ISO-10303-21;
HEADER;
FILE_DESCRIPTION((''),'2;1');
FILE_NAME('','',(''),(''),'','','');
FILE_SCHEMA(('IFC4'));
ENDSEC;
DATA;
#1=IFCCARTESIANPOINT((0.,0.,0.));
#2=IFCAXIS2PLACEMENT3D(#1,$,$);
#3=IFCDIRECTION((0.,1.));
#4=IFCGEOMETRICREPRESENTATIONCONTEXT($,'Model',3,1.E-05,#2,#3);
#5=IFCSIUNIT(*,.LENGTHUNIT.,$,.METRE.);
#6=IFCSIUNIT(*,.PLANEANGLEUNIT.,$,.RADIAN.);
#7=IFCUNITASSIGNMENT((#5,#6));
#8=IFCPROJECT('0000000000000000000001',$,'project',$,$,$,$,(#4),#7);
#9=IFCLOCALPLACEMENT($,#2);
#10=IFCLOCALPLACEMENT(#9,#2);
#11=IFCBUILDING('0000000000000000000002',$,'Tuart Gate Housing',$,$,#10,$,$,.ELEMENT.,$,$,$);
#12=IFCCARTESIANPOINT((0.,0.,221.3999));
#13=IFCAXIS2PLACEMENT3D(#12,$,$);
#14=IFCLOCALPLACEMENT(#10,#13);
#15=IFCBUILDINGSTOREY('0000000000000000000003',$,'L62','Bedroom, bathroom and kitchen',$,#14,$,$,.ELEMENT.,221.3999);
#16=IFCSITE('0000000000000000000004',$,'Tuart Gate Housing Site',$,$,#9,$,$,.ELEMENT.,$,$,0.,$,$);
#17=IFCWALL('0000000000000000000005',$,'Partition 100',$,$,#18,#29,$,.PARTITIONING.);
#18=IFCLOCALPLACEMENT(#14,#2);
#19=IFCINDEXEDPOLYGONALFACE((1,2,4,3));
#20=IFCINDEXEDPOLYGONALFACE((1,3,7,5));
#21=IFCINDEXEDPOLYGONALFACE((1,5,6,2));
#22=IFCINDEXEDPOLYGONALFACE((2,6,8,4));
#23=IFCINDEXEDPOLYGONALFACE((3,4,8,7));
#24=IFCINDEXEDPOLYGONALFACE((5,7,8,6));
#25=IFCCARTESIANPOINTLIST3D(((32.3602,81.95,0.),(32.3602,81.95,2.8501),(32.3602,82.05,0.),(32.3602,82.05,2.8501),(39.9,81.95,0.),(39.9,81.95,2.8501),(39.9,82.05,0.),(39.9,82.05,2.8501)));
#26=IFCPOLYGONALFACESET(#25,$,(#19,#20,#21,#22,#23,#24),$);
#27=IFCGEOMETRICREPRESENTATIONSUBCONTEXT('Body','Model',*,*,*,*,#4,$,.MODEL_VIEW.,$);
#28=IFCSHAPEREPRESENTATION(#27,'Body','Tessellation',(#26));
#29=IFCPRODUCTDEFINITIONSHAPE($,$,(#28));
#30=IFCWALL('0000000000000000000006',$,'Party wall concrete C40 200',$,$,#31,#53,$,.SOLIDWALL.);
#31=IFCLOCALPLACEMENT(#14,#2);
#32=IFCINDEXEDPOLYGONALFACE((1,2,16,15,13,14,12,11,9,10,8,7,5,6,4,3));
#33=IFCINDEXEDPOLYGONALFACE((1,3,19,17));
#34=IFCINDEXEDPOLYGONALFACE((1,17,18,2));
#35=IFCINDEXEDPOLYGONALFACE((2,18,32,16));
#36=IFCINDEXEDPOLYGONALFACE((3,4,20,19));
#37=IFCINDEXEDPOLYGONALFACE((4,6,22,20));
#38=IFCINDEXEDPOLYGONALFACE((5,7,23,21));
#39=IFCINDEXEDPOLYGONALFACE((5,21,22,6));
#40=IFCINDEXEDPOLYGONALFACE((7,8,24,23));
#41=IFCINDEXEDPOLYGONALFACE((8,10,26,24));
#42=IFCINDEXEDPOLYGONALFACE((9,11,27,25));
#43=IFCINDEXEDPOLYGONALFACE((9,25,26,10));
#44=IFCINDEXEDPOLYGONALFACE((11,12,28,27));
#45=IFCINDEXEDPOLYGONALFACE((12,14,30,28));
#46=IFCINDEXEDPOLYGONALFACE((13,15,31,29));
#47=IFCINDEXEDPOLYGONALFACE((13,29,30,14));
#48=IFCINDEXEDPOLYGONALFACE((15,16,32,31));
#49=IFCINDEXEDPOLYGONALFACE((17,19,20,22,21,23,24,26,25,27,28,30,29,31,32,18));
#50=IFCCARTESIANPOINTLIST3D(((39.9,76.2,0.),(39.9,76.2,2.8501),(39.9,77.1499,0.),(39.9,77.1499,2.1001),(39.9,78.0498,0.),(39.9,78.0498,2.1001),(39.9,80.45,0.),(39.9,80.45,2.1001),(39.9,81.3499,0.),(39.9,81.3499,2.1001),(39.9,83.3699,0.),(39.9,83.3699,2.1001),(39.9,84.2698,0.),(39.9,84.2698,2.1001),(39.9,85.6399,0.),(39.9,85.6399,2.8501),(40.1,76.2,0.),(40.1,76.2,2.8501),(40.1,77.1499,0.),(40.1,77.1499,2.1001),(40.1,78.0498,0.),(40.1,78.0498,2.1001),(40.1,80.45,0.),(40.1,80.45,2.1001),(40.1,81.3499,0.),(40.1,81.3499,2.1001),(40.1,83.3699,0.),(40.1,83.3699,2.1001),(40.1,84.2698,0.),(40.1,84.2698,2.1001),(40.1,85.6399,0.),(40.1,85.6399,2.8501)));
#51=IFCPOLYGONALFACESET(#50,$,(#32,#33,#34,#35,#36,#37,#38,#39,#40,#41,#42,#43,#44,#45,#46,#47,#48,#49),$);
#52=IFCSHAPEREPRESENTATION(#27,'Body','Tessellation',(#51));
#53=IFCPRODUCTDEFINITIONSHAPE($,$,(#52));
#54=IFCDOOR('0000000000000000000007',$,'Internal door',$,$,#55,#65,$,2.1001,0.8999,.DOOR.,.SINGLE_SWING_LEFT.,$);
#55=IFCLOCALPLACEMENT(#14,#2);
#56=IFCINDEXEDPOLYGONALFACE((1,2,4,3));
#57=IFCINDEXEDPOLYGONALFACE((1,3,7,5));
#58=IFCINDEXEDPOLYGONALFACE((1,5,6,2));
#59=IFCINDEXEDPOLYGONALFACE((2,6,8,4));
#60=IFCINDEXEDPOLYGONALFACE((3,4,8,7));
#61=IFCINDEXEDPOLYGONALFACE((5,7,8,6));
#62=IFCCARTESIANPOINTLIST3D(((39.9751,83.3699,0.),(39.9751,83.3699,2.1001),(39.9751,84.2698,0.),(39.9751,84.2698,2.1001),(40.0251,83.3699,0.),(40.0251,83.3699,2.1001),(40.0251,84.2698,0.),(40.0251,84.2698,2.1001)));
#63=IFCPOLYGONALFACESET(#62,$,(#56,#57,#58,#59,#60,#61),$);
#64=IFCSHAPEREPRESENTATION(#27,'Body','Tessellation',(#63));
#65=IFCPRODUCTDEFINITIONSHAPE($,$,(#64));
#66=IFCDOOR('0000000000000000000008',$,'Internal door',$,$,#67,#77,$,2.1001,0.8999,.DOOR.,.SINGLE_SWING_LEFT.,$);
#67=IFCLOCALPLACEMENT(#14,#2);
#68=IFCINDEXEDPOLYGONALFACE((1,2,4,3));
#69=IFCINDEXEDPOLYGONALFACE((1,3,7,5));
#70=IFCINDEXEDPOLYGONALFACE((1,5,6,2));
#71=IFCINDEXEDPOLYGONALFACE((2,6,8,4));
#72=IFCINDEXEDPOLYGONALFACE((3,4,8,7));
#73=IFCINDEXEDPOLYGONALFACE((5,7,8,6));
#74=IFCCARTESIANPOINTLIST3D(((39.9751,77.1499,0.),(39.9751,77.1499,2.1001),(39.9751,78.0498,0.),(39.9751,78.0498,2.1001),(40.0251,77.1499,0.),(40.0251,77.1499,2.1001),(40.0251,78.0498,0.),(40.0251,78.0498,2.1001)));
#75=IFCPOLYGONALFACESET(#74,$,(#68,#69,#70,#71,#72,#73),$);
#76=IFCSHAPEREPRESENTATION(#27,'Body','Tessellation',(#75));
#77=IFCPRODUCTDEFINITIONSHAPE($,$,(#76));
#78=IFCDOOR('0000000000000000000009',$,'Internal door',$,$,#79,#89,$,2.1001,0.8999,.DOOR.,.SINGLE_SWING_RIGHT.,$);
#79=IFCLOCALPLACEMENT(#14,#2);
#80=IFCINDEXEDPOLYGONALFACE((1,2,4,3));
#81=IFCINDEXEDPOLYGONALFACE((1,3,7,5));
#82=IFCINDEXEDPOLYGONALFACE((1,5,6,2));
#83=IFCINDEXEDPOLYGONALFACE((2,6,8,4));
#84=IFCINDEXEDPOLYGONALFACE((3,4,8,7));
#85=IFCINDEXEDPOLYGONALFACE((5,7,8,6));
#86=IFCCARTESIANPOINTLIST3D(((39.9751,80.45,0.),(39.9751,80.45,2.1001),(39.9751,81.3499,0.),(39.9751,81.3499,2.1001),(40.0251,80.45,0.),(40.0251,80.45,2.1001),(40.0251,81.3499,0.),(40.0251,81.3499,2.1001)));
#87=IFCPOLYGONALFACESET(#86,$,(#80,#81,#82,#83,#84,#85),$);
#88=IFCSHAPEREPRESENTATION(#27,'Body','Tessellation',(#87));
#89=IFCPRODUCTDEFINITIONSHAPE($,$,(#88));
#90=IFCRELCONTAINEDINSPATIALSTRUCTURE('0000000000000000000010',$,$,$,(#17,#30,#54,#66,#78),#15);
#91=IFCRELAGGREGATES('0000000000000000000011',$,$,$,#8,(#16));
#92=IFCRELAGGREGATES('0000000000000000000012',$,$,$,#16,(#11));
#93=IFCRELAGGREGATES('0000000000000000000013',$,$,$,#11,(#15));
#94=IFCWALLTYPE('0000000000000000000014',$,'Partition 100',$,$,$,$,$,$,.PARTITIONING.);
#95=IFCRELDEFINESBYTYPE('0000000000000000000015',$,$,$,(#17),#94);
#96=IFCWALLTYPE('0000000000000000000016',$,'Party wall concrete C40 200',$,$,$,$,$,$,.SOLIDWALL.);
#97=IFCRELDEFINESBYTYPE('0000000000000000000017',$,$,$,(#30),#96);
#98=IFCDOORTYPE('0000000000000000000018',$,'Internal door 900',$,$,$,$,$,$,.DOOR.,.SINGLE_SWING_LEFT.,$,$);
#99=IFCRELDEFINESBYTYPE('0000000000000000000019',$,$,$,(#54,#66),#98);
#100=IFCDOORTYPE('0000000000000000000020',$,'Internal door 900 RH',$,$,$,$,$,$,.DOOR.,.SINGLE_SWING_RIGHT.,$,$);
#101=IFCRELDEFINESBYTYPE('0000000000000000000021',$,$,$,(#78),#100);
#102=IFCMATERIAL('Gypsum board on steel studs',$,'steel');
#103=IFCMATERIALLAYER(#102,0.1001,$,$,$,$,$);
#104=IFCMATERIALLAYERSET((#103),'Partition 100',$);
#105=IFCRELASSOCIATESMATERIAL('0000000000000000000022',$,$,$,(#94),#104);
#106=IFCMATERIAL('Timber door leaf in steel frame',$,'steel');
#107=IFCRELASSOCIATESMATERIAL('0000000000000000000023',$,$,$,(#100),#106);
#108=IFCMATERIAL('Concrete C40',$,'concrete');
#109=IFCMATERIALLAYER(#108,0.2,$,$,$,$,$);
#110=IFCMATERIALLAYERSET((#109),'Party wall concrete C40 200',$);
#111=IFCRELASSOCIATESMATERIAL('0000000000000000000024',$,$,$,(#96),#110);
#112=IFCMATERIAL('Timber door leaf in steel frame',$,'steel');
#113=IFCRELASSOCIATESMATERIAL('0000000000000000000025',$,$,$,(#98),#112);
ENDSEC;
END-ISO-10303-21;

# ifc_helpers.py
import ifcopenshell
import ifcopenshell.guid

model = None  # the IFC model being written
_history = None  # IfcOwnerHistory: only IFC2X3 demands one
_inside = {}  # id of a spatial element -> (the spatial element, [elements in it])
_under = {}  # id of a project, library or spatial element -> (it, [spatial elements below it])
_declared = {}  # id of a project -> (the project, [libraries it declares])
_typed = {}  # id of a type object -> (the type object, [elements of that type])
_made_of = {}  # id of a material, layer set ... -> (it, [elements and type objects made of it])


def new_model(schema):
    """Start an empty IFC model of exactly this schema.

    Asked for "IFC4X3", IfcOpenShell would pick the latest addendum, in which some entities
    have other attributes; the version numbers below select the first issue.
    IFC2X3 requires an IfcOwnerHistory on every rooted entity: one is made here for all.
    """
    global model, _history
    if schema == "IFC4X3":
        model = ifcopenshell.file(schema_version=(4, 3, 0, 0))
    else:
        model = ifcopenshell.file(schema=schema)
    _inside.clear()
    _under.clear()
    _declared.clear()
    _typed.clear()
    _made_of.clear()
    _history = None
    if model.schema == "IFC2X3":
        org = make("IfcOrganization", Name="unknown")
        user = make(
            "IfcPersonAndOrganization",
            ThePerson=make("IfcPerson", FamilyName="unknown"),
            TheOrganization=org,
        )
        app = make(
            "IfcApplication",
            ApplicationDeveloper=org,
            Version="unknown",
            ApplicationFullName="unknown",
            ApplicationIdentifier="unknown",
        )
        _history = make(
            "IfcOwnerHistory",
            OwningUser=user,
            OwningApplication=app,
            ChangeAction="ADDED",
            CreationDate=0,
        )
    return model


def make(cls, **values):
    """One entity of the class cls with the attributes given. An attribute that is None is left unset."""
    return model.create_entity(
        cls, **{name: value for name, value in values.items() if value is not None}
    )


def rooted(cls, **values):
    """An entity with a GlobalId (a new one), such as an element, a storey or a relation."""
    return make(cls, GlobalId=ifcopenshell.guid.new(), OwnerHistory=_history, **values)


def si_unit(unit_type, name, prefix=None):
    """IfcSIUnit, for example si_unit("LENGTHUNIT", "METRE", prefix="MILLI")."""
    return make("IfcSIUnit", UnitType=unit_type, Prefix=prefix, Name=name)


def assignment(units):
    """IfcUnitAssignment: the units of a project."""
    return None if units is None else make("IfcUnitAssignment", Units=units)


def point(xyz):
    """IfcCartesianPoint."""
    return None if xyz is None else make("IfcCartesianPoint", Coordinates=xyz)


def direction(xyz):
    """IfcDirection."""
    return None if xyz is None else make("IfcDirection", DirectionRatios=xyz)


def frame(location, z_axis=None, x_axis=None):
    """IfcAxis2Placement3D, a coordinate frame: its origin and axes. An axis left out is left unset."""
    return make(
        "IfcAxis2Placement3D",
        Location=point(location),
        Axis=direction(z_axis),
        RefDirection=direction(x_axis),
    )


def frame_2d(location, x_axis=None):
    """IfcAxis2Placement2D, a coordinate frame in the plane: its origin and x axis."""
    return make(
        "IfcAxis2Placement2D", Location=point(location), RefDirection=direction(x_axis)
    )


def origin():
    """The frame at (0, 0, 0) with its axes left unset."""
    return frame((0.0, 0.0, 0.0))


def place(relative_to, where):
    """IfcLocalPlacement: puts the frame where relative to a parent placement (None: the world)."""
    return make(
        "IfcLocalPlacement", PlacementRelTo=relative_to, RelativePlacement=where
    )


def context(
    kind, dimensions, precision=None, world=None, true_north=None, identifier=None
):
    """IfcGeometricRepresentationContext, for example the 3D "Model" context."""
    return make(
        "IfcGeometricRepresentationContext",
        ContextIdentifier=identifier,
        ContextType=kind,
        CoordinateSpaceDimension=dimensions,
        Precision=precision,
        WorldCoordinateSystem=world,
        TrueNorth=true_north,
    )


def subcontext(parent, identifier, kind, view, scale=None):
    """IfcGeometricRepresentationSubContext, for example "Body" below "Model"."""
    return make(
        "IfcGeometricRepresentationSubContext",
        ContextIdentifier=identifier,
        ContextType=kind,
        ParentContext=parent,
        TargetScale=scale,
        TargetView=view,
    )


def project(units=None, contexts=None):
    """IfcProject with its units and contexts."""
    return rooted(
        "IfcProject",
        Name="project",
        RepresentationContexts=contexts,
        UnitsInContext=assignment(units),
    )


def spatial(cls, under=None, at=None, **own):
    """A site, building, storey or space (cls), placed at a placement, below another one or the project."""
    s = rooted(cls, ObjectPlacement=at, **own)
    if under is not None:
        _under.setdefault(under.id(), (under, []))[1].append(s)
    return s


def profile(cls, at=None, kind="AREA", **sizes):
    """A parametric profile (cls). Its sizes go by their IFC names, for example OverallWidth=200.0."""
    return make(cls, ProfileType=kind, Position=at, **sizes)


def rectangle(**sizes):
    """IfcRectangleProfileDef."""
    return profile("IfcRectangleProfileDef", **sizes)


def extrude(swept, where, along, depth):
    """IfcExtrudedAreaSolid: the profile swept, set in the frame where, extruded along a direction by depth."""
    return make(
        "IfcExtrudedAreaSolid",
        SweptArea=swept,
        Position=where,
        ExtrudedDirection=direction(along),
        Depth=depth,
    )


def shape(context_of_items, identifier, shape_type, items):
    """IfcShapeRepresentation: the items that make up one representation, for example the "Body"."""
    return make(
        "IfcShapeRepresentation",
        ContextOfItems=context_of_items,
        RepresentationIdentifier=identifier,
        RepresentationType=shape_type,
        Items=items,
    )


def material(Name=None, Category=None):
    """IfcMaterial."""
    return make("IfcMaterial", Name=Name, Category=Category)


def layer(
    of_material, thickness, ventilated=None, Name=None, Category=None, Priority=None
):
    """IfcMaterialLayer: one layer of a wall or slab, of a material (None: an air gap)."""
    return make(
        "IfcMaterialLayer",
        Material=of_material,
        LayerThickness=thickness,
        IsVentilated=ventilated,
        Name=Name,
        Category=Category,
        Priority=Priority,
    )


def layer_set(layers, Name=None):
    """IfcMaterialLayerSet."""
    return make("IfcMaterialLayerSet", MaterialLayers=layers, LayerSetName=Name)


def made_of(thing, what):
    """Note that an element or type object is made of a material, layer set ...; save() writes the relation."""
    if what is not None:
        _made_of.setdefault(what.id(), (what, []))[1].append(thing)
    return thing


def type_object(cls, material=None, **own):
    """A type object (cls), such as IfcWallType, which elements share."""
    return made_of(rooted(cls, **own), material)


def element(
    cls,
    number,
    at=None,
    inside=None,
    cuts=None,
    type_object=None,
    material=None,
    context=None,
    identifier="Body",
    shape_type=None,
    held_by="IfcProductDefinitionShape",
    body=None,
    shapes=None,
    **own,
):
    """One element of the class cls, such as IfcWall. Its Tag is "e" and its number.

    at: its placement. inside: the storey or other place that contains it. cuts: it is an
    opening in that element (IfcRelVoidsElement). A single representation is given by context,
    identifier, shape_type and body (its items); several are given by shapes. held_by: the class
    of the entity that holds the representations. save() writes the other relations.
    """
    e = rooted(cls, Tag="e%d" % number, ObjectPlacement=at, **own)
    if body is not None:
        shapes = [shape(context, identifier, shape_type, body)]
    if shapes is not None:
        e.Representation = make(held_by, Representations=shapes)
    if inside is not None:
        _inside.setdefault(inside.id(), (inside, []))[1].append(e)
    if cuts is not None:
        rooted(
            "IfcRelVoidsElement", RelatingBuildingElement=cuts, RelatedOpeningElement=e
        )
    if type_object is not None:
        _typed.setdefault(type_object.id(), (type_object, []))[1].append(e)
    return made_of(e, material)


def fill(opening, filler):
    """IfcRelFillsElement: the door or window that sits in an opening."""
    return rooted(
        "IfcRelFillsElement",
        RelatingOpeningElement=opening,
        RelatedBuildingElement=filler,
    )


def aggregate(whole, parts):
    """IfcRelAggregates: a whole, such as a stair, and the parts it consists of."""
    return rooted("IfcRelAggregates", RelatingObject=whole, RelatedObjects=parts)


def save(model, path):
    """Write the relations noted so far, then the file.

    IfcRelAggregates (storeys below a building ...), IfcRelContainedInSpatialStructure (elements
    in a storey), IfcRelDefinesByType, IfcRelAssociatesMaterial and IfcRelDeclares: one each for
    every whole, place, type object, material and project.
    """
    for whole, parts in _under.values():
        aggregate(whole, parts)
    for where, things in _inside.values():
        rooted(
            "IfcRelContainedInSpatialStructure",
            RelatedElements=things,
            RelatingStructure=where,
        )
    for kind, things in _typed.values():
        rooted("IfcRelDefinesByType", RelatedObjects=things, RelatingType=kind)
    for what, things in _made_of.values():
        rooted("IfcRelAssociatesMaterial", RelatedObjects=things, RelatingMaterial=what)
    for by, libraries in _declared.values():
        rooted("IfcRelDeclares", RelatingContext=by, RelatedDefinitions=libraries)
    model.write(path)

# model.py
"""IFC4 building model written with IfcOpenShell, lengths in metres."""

from ifc_helpers import new_model, si_unit, direction, frame, frame_2d, origin, place, context, subcontext, project, spatial, rectangle, extrude, material, layer, layer_set, type_object, element, fill, save


model = new_model("IFC4")

# Units and contexts
model_context = context("Model", 3, precision=1e-05, world=origin(), true_north=direction((0.0, 1.0)))
body_context = subcontext(model_context, "Body", "Model", "MODEL_VIEW")
ifc_project = project(units=[si_unit("LENGTHUNIT", "METRE"), si_unit("PLANEANGLEUNIT", "RADIAN")], contexts=[model_context])

# Site, building, storey
site_placement = place(None, origin())
site = spatial("IfcSite", under=ifc_project, at=site_placement, Name="Tuart Gate Housing Site", CompositionType="ELEMENT", RefElevation=0.0)
building_placement = place(site_placement, origin())
building = spatial("IfcBuilding", under=site, at=building_placement, Name="Tuart Gate Housing", CompositionType="ELEMENT")
storey_placement = place(building_placement, frame((0.0, 0.0, 221.3999)))
storey = spatial("IfcBuildingStorey", under=building, at=storey_placement, Name="L62", Description="Bedroom, bathroom and kitchen", CompositionType="ELEMENT", Elevation=221.3999)

# Shared definitions
ifc_material_1 = material(Name="Gypsum board on steel studs", Category="steel")
ifc_layer_1 = layer(ifc_material_1, 0.1001)
ifc_layer_set_1 = layer_set([ifc_layer_1], Name="Partition 100")
wall_type_1 = type_object("IfcWallType", Name="Partition 100", PredefinedType="PARTITIONING", material=ifc_layer_set_1)

# Shared definitions
ifc_material_2 = material(Name="Timber door leaf in steel frame", Category="steel")
door_type_1 = type_object("IfcDoorType", Name="Internal door 900 RH", OperationType="SINGLE_SWING_RIGHT", PredefinedType="DOOR", material=ifc_material_2)

# Wall
wall_1_placement = place(storey_placement, frame((32.3601, 82.0, 0.0), z_axis=(0.0, 0.0, 1.0), x_axis=(1.0, 0.0, 0.0)))
element("IfcWall", 1, at=wall_1_placement, inside=storey, type_object=wall_type_1, Name="Partition 100", PredefinedType="PARTITIONING", context=body_context, shape_type="SweptSolid", body=[
    extrude(rectangle(XDim=7.5398, YDim=0.1001, at=frame_2d((3.77, 0.0))), origin(), (0.0, 0.0, 1.0), 2.8501),
])

# Wall, openings, doors
ifc_material_3 = material(Name="Concrete C40", Category="concrete")
ifc_layer_2 = layer(ifc_material_3, 0.2)
ifc_layer_set_2 = layer_set([ifc_layer_2], Name="Party wall concrete C40 200")
wall_type_2 = type_object("IfcWallType", Name="Party wall concrete C40 200", PredefinedType="SOLIDWALL", material=ifc_layer_set_2)
wall_2_placement = place(storey_placement, frame((40.0, 76.2, 0.0), z_axis=(0.0, 0.0, 1.0), x_axis=(0.0, 1.0, 0.0)))
wall_2 = element("IfcWall", 2, at=wall_2_placement, inside=storey, type_object=wall_type_2, Name="Party wall concrete C40 200", PredefinedType="SOLIDWALL", context=body_context, shape_type="SweptSolid", body=[
    extrude(rectangle(XDim=9.4399, YDim=0.2, at=frame_2d((4.72, 0.0))), origin(), (0.0, 0.0, 1.0), 2.8501),
])
opening_1_placement = place(wall_2_placement, frame((7.1699, 0.0, 0.0)))
opening_1 = element("IfcOpeningElement", 3, at=opening_1_placement, cuts=wall_2, PredefinedType="OPENING", context=body_context, shape_type="SweptSolid", body=[
    extrude(rectangle(XDim=0.8999, YDim=2.1001, at=frame_2d((0.45, 1.05))), frame((0.0, 0.1099, 0.0), z_axis=(0.0, -1.0, 0.0), x_axis=(1.0, 0.0, 0.0)), (0.0, 0.0, 1.0), 0.22),
])
opening_2_placement = place(wall_2_placement, frame((4.25, 0.0, 0.0)))
opening_2 = element("IfcOpeningElement", 4, at=opening_2_placement, cuts=wall_2, PredefinedType="OPENING", context=body_context, shape_type="SweptSolid", body=[
    extrude(rectangle(XDim=0.8999, YDim=2.1001, at=frame_2d((0.45, 1.05))), frame((0.0, 0.1099, 0.0), z_axis=(0.0, -1.0, 0.0), x_axis=(1.0, 0.0, 0.0)), (0.0, 0.0, 1.0), 0.22),
])
opening_3_placement = place(wall_2_placement, frame((0.95, 0.0, 0.0)))
opening_3 = element("IfcOpeningElement", 5, at=opening_3_placement, cuts=wall_2, PredefinedType="OPENING", context=body_context, shape_type="SweptSolid", body=[
    extrude(rectangle(XDim=0.8999, YDim=2.1001, at=frame_2d((0.45, 1.05))), frame((0.0, 0.1099, 0.0), z_axis=(0.0, -1.0, 0.0), x_axis=(1.0, 0.0, 0.0)), (0.0, 0.0, 1.0), 0.22),
])
ifc_material_4 = material(Name="Timber door leaf in steel frame", Category="steel")
door_type_2 = type_object("IfcDoorType", Name="Internal door 900", OperationType="SINGLE_SWING_LEFT", PredefinedType="DOOR", material=ifc_material_4)
door_1_placement = place(opening_1_placement, origin())
door_1 = element("IfcDoor", 6, at=door_1_placement, inside=storey, type_object=door_type_2, Name="Internal door", OperationType="SINGLE_SWING_LEFT", OverallHeight=2.1001, OverallWidth=0.8999, PredefinedType="DOOR", context=body_context, shape_type="SweptSolid", body=[
    extrude(rectangle(XDim=0.8999, YDim=2.1001, at=frame_2d((0.45, 1.05))), frame((0.0, 0.0249, 0.0), z_axis=(0.0, -1.0, 0.0), x_axis=(1.0, 0.0, 0.0)), (0.0, 0.0, 1.0), 0.05),
])
fill(opening_1, door_1)
door_2_placement = place(opening_3_placement, origin())
door_2 = element("IfcDoor", 7, at=door_2_placement, inside=storey, type_object=door_type_2, Name="Internal door", OperationType="SINGLE_SWING_LEFT", OverallHeight=2.1001, OverallWidth=0.8999, PredefinedType="DOOR", context=body_context, shape_type="SweptSolid", body=[
    extrude(rectangle(XDim=0.8999, YDim=2.1001, at=frame_2d((0.45, 1.05))), frame((0.0, 0.0249, 0.0), z_axis=(0.0, -1.0, 0.0), x_axis=(1.0, 0.0, 0.0)), (0.0, 0.0, 1.0), 0.05),
])
fill(opening_3, door_2)
door_3_placement = place(opening_2_placement, origin())
door_3 = element("IfcDoor", 8, at=door_3_placement, inside=storey, type_object=door_type_1, Name="Internal door", OperationType="SINGLE_SWING_RIGHT", OverallHeight=2.1001, OverallWidth=0.8999, PredefinedType="DOOR", context=body_context, shape_type="SweptSolid", body=[
    extrude(rectangle(XDim=0.8999, YDim=2.1001, at=frame_2d((0.45, 1.05))), frame((0.0, 0.0249, 0.0), z_axis=(0.0, -1.0, 0.0), x_axis=(1.0, 0.0, 0.0)), (0.0, 0.0, 1.0), 0.05),
])
fill(opening_2, door_3)

save(model, "model.ifc")
